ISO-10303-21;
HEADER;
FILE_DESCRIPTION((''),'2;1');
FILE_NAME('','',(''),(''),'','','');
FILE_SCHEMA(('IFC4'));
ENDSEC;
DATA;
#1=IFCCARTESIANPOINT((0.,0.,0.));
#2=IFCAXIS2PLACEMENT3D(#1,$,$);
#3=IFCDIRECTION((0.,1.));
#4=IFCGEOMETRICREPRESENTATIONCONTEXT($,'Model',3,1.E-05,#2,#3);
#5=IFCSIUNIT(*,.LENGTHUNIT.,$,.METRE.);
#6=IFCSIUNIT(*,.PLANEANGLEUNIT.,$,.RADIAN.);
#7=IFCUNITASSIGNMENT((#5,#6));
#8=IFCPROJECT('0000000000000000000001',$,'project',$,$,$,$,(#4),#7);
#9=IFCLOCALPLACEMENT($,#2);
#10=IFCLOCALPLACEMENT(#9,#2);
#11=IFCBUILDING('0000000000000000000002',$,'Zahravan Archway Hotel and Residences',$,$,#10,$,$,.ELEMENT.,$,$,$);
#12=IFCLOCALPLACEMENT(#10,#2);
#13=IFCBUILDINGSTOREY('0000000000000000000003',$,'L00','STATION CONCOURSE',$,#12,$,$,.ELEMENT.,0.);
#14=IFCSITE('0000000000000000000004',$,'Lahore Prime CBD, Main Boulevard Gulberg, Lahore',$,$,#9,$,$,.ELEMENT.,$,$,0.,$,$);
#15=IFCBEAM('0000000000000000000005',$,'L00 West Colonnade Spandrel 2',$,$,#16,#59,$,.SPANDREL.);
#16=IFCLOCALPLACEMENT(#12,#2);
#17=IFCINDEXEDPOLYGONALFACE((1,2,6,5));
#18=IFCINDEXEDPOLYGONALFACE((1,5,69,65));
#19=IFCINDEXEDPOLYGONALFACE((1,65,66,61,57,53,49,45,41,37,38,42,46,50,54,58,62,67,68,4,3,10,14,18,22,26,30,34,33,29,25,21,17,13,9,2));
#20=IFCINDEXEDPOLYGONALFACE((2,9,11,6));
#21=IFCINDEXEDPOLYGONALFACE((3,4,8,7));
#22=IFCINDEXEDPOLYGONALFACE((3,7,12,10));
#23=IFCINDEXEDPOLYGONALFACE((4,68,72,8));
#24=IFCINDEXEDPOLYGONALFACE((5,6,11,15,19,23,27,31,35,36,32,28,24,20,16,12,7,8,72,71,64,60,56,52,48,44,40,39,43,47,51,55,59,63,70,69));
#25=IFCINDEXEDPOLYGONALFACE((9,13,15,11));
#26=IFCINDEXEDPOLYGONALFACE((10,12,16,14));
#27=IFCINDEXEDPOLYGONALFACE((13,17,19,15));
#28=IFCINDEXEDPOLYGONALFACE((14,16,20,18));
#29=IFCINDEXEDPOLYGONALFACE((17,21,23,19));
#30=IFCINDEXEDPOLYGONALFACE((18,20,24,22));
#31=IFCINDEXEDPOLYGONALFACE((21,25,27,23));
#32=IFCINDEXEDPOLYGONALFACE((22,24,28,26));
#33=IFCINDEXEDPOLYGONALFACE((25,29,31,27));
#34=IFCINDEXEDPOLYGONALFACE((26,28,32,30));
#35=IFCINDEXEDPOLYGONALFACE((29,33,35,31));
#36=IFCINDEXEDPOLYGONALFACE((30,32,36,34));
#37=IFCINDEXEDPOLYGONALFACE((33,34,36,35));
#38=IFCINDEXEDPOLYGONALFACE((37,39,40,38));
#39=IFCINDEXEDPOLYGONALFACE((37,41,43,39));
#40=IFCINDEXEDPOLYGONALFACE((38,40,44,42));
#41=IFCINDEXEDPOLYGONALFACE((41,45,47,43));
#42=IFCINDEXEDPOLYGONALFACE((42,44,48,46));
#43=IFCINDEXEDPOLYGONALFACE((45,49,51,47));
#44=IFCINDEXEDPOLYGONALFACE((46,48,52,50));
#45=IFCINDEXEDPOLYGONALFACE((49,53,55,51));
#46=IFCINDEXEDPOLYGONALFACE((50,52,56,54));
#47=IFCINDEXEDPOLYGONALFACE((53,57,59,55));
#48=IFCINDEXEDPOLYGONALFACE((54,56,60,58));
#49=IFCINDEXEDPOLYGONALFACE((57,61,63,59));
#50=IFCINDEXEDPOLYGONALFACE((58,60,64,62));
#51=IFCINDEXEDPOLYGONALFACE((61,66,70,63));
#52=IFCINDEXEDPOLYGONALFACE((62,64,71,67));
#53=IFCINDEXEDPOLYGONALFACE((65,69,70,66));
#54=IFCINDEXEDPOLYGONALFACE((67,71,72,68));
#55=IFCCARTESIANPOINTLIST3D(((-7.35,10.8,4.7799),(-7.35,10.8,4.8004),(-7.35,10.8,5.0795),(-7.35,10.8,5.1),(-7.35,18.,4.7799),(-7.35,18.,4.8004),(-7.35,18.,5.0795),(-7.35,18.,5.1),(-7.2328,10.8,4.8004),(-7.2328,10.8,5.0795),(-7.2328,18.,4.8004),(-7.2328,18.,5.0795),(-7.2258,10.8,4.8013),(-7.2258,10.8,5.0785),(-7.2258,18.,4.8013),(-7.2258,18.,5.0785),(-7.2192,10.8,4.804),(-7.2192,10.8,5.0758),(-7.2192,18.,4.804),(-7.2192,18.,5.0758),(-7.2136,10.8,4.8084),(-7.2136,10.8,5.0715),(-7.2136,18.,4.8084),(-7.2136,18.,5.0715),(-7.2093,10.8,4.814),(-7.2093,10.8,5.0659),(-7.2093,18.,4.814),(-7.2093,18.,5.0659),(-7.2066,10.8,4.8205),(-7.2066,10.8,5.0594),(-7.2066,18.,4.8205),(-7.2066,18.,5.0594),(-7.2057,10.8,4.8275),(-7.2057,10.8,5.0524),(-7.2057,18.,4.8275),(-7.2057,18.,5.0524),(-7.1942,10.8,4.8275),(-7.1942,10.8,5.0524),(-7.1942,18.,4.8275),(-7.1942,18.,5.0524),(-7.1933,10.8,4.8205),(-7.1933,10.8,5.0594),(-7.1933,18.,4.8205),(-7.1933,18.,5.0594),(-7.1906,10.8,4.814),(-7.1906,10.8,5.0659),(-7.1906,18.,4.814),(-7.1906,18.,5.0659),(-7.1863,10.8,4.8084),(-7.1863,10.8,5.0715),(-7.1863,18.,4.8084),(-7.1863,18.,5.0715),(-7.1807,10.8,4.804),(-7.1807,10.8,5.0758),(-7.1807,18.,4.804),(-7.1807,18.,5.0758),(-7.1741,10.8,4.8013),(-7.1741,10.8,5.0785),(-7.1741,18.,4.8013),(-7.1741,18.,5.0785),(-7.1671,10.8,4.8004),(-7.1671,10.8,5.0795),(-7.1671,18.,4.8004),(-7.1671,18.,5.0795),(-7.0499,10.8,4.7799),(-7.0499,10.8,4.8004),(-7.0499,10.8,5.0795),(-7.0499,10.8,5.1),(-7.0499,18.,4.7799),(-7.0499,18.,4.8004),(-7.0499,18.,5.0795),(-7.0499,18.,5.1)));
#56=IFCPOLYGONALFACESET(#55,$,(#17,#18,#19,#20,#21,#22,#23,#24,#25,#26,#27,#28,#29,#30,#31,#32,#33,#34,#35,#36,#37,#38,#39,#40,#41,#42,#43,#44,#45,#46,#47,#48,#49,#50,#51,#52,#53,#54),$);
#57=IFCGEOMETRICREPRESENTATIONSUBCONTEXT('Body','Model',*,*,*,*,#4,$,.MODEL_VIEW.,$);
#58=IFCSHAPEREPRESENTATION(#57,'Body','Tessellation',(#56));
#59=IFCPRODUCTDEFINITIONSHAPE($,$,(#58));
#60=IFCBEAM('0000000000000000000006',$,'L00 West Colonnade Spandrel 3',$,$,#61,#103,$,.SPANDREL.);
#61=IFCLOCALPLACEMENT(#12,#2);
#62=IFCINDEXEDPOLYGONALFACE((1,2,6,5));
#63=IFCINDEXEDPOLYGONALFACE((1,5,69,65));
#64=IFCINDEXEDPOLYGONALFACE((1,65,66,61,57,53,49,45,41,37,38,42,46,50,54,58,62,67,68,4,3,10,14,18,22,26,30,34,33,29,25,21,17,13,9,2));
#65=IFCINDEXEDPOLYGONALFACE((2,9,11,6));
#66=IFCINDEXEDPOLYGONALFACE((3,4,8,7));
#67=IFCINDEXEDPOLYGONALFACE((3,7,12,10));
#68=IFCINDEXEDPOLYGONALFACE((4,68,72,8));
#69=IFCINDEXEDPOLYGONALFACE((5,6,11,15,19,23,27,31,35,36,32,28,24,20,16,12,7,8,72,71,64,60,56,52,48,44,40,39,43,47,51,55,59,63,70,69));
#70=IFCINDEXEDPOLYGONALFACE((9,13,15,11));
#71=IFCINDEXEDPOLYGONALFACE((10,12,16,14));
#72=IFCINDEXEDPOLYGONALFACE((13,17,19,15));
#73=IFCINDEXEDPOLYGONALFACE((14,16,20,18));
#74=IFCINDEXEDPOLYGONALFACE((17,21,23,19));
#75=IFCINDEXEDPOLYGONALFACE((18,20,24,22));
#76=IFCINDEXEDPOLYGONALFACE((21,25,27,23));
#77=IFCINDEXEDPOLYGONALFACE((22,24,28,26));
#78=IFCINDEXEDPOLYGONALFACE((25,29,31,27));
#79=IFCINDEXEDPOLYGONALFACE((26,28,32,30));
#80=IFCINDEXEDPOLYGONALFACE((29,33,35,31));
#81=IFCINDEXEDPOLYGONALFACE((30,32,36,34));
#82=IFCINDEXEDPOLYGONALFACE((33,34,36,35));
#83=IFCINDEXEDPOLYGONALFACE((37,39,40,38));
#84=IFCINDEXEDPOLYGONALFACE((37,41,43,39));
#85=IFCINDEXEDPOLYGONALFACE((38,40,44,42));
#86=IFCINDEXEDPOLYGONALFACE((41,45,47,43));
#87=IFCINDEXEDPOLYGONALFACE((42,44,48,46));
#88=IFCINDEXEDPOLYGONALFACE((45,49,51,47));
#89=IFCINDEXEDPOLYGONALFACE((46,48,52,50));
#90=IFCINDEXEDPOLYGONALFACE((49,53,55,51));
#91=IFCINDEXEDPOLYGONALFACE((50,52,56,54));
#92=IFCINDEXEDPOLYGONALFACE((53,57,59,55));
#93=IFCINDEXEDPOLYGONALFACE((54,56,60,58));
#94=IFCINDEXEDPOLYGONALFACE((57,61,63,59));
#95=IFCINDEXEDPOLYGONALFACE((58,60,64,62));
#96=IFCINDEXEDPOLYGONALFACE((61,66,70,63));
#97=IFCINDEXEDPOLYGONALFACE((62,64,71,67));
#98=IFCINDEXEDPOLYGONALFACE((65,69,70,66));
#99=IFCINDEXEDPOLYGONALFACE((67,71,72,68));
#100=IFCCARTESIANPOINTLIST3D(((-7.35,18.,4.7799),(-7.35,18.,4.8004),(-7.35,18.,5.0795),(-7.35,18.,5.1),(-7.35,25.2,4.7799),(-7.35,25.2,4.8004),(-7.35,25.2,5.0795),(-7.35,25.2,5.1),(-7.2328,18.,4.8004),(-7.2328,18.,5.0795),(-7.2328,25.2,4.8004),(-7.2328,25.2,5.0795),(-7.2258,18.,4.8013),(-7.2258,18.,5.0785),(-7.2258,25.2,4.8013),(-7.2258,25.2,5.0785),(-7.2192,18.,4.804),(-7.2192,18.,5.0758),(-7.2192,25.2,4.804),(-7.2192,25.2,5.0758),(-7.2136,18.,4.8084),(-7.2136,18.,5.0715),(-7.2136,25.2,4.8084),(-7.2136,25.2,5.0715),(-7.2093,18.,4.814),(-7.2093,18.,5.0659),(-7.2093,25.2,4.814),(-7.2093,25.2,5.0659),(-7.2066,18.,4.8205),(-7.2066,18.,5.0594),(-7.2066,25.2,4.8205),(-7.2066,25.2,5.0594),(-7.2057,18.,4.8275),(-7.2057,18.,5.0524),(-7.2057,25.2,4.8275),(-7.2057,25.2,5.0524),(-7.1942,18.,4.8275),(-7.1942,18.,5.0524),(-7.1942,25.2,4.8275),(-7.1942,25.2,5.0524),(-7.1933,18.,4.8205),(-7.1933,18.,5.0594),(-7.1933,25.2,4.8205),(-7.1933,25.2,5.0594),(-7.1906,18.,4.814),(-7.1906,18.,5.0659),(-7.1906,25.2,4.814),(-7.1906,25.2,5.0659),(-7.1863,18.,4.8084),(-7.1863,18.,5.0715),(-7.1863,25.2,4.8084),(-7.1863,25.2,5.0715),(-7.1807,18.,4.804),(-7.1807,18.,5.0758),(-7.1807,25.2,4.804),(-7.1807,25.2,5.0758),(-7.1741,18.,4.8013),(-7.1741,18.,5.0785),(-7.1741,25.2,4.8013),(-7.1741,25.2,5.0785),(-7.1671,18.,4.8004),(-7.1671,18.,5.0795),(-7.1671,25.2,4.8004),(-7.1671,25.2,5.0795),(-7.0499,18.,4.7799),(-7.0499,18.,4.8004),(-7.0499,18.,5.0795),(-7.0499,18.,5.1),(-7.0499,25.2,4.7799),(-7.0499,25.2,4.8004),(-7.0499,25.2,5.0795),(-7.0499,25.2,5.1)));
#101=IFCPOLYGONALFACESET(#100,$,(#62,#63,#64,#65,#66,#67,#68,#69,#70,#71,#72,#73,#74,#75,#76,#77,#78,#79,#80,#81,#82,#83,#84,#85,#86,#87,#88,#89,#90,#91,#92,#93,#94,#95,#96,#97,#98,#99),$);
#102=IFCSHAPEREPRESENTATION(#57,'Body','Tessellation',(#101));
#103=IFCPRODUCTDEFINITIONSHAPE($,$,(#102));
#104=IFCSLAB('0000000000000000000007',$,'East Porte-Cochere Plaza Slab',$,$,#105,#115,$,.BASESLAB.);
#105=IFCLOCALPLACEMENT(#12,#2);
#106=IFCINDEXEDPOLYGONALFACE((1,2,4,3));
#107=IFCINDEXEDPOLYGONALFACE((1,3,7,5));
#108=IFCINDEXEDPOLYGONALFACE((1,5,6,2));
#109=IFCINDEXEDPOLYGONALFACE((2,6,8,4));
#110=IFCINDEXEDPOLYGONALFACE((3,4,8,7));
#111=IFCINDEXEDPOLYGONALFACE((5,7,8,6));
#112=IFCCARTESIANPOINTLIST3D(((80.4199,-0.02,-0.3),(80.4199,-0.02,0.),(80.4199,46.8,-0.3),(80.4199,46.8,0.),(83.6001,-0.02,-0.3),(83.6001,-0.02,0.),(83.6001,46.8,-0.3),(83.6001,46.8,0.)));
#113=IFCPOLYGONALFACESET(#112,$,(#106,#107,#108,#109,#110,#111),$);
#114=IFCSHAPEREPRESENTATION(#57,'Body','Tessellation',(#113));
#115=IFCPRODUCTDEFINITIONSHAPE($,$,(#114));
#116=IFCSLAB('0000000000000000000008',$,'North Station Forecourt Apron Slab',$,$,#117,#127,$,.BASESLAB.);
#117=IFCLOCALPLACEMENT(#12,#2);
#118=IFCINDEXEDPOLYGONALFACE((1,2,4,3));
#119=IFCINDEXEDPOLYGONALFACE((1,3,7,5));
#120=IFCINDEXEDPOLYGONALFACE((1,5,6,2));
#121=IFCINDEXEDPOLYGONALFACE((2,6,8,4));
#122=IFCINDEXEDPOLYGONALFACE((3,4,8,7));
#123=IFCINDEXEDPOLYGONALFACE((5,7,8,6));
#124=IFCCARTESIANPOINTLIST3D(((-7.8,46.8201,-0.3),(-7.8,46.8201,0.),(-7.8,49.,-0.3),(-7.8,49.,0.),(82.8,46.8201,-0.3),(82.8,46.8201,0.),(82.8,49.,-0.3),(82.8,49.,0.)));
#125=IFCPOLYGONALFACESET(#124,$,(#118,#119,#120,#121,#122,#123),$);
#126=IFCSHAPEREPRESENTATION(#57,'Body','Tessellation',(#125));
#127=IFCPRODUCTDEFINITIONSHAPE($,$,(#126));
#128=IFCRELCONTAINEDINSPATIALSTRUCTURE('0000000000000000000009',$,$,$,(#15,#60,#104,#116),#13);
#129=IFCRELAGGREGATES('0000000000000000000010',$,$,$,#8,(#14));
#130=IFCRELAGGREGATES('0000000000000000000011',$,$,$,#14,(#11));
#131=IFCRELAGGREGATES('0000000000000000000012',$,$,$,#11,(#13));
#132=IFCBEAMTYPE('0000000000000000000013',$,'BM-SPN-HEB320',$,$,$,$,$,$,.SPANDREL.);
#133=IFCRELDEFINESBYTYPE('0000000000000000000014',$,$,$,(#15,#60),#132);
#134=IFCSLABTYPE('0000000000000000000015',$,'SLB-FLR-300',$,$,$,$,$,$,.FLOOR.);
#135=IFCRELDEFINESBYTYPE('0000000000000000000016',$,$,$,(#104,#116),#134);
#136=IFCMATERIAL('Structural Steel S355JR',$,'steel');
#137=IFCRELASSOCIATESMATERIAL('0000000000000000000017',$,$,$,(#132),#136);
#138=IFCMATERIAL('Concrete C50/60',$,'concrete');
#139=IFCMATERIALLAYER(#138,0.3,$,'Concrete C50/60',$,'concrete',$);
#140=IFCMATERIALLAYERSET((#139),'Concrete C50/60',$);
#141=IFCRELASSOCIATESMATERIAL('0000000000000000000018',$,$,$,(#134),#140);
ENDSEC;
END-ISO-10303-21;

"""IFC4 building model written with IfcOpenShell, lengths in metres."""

from ifc_helpers import new_model, si_unit, direction, frame, origin, origin_2d, place, context, subcontext, project, spatial, polyline, i_section, outline, extrude, source, transform, mapped, material, layer, layer_set, material_profile, profile_set, type_object, type_shapes, element, save


model = new_model("IFC4")

# Units and contexts
model_context = context("Model", 3, precision=1e-05, world=origin(), true_north=direction((0.0, 1.0)))
body_context = subcontext(model_context, "Body", "Model", "MODEL_VIEW")
ifc_project = project(units=[si_unit("LENGTHUNIT", "METRE"), si_unit("PLANEANGLEUNIT", "RADIAN")], contexts=[model_context])

# Site, building, storey
site_placement = place(None, origin())
site = spatial("IfcSite", under=ifc_project, at=site_placement, Name="Lahore Prime CBD, Main Boulevard Gulberg, Lahore", CompositionType="ELEMENT", RefElevation=0.0)
building_placement = place(site_placement, origin())
building = spatial("IfcBuilding", under=site, at=building_placement, Name="Zahravan Archway Hotel and Residences", CompositionType="ELEMENT")
storey_placement = place(building_placement, origin())
storey = spatial("IfcBuildingStorey", under=building, at=storey_placement, Name="L00", Description="STATION CONCOURSE", CompositionType="ELEMENT", Elevation=0.0)

# Beams
ifc_material_1 = material(Name="Structural Steel S355JR", Category="steel")
ifc_material_profile_1 = material_profile(ifc_material_1, i_section(OverallWidth=0.3, OverallDepth=0.3201, WebThickness=0.0115, FlangeThickness=0.0205, FilletRadius=0.0271, at=origin_2d()), Name="HEB 320", Category="steel")
ifc_profile_set_1 = profile_set([ifc_material_profile_1], Name="Structural Steel S355JR")
beam_type_1 = type_object("IfcBeamType", Name="BM-SPN-HEB320", PredefinedType="SPANDREL", material=ifc_profile_set_1)
shared_shape_1 = source(origin(), body_context, "Body", "SweptSolid", [
    extrude(i_section(OverallWidth=0.3, OverallDepth=0.3201, WebThickness=0.0115, FlangeThickness=0.0205, FilletRadius=0.0271, at=origin_2d()), origin(), (0.0, 0.0, 1.0), 7.2),
])
type_shapes(beam_type_1, [shared_shape_1])
for number, where, z_axis, x_axis, name in (
    (1, (-7.2, 10.8, 4.9399), (0.0, 1.0, 0.0), (-1.0, 0.0, 0.0), "L00 West Colonnade Spandrel 2"),
    (2, (-7.2, 18.0, 4.9399), (0.0, 1.0, 0.0), (-1.0, 0.0, 0.0), "L00 West Colonnade Spandrel 3"),
):
    element("IfcBeam", number, at=place(storey_placement, frame(where, z_axis=z_axis, x_axis=x_axis)), inside=storey, type_object=beam_type_1, Name=name, PredefinedType="SPANDREL", context=body_context, shape_type="MappedRepresentation", body=[
        mapped(shared_shape_1, transform((0.0, 0.0, 0.0), scale=1.0)),
    ])

# Slabs
ifc_material_2 = material(Name="Concrete C50/60", Category="concrete")
ifc_layer_1 = layer(ifc_material_2, 0.3, Name="Concrete C50/60", Category="concrete")
ifc_layer_set_1 = layer_set([ifc_layer_1], Name="Concrete C50/60")
slab_type = type_object("IfcSlabType", Name="SLB-FLR-300", PredefinedType="FLOOR", material=ifc_layer_set_1)
slab_1_placement = place(storey_placement, frame((0.0, 0.0, -0.3)))
element("IfcSlab", 3, at=slab_1_placement, inside=storey, type_object=slab_type, Name="East Porte-Cochere Plaza Slab", PredefinedType="BASESLAB", context=body_context, shape_type="SweptSolid", body=[
    extrude(outline(polyline([(80.4199, -0.02), (83.6001, -0.02), (83.6001, 46.8), (80.4199, 46.8), (80.4199, -0.02)])), origin(), (0.0, 0.0, 1.0), 0.3),
])
slab_2_placement = place(storey_placement, frame((0.0, 0.0, -0.3)))
element("IfcSlab", 4, at=slab_2_placement, inside=storey, type_object=slab_type, Name="North Station Forecourt Apron Slab", PredefinedType="BASESLAB", context=body_context, shape_type="SweptSolid", body=[
    extrude(outline(polyline([(-7.8, 46.8201), (82.8, 46.8201), (82.8, 49.0), (-7.8, 49.0), (-7.8, 46.8201)])), origin(), (0.0, 0.0, 1.0), 0.3),
])

save(model, "model.ifc")
